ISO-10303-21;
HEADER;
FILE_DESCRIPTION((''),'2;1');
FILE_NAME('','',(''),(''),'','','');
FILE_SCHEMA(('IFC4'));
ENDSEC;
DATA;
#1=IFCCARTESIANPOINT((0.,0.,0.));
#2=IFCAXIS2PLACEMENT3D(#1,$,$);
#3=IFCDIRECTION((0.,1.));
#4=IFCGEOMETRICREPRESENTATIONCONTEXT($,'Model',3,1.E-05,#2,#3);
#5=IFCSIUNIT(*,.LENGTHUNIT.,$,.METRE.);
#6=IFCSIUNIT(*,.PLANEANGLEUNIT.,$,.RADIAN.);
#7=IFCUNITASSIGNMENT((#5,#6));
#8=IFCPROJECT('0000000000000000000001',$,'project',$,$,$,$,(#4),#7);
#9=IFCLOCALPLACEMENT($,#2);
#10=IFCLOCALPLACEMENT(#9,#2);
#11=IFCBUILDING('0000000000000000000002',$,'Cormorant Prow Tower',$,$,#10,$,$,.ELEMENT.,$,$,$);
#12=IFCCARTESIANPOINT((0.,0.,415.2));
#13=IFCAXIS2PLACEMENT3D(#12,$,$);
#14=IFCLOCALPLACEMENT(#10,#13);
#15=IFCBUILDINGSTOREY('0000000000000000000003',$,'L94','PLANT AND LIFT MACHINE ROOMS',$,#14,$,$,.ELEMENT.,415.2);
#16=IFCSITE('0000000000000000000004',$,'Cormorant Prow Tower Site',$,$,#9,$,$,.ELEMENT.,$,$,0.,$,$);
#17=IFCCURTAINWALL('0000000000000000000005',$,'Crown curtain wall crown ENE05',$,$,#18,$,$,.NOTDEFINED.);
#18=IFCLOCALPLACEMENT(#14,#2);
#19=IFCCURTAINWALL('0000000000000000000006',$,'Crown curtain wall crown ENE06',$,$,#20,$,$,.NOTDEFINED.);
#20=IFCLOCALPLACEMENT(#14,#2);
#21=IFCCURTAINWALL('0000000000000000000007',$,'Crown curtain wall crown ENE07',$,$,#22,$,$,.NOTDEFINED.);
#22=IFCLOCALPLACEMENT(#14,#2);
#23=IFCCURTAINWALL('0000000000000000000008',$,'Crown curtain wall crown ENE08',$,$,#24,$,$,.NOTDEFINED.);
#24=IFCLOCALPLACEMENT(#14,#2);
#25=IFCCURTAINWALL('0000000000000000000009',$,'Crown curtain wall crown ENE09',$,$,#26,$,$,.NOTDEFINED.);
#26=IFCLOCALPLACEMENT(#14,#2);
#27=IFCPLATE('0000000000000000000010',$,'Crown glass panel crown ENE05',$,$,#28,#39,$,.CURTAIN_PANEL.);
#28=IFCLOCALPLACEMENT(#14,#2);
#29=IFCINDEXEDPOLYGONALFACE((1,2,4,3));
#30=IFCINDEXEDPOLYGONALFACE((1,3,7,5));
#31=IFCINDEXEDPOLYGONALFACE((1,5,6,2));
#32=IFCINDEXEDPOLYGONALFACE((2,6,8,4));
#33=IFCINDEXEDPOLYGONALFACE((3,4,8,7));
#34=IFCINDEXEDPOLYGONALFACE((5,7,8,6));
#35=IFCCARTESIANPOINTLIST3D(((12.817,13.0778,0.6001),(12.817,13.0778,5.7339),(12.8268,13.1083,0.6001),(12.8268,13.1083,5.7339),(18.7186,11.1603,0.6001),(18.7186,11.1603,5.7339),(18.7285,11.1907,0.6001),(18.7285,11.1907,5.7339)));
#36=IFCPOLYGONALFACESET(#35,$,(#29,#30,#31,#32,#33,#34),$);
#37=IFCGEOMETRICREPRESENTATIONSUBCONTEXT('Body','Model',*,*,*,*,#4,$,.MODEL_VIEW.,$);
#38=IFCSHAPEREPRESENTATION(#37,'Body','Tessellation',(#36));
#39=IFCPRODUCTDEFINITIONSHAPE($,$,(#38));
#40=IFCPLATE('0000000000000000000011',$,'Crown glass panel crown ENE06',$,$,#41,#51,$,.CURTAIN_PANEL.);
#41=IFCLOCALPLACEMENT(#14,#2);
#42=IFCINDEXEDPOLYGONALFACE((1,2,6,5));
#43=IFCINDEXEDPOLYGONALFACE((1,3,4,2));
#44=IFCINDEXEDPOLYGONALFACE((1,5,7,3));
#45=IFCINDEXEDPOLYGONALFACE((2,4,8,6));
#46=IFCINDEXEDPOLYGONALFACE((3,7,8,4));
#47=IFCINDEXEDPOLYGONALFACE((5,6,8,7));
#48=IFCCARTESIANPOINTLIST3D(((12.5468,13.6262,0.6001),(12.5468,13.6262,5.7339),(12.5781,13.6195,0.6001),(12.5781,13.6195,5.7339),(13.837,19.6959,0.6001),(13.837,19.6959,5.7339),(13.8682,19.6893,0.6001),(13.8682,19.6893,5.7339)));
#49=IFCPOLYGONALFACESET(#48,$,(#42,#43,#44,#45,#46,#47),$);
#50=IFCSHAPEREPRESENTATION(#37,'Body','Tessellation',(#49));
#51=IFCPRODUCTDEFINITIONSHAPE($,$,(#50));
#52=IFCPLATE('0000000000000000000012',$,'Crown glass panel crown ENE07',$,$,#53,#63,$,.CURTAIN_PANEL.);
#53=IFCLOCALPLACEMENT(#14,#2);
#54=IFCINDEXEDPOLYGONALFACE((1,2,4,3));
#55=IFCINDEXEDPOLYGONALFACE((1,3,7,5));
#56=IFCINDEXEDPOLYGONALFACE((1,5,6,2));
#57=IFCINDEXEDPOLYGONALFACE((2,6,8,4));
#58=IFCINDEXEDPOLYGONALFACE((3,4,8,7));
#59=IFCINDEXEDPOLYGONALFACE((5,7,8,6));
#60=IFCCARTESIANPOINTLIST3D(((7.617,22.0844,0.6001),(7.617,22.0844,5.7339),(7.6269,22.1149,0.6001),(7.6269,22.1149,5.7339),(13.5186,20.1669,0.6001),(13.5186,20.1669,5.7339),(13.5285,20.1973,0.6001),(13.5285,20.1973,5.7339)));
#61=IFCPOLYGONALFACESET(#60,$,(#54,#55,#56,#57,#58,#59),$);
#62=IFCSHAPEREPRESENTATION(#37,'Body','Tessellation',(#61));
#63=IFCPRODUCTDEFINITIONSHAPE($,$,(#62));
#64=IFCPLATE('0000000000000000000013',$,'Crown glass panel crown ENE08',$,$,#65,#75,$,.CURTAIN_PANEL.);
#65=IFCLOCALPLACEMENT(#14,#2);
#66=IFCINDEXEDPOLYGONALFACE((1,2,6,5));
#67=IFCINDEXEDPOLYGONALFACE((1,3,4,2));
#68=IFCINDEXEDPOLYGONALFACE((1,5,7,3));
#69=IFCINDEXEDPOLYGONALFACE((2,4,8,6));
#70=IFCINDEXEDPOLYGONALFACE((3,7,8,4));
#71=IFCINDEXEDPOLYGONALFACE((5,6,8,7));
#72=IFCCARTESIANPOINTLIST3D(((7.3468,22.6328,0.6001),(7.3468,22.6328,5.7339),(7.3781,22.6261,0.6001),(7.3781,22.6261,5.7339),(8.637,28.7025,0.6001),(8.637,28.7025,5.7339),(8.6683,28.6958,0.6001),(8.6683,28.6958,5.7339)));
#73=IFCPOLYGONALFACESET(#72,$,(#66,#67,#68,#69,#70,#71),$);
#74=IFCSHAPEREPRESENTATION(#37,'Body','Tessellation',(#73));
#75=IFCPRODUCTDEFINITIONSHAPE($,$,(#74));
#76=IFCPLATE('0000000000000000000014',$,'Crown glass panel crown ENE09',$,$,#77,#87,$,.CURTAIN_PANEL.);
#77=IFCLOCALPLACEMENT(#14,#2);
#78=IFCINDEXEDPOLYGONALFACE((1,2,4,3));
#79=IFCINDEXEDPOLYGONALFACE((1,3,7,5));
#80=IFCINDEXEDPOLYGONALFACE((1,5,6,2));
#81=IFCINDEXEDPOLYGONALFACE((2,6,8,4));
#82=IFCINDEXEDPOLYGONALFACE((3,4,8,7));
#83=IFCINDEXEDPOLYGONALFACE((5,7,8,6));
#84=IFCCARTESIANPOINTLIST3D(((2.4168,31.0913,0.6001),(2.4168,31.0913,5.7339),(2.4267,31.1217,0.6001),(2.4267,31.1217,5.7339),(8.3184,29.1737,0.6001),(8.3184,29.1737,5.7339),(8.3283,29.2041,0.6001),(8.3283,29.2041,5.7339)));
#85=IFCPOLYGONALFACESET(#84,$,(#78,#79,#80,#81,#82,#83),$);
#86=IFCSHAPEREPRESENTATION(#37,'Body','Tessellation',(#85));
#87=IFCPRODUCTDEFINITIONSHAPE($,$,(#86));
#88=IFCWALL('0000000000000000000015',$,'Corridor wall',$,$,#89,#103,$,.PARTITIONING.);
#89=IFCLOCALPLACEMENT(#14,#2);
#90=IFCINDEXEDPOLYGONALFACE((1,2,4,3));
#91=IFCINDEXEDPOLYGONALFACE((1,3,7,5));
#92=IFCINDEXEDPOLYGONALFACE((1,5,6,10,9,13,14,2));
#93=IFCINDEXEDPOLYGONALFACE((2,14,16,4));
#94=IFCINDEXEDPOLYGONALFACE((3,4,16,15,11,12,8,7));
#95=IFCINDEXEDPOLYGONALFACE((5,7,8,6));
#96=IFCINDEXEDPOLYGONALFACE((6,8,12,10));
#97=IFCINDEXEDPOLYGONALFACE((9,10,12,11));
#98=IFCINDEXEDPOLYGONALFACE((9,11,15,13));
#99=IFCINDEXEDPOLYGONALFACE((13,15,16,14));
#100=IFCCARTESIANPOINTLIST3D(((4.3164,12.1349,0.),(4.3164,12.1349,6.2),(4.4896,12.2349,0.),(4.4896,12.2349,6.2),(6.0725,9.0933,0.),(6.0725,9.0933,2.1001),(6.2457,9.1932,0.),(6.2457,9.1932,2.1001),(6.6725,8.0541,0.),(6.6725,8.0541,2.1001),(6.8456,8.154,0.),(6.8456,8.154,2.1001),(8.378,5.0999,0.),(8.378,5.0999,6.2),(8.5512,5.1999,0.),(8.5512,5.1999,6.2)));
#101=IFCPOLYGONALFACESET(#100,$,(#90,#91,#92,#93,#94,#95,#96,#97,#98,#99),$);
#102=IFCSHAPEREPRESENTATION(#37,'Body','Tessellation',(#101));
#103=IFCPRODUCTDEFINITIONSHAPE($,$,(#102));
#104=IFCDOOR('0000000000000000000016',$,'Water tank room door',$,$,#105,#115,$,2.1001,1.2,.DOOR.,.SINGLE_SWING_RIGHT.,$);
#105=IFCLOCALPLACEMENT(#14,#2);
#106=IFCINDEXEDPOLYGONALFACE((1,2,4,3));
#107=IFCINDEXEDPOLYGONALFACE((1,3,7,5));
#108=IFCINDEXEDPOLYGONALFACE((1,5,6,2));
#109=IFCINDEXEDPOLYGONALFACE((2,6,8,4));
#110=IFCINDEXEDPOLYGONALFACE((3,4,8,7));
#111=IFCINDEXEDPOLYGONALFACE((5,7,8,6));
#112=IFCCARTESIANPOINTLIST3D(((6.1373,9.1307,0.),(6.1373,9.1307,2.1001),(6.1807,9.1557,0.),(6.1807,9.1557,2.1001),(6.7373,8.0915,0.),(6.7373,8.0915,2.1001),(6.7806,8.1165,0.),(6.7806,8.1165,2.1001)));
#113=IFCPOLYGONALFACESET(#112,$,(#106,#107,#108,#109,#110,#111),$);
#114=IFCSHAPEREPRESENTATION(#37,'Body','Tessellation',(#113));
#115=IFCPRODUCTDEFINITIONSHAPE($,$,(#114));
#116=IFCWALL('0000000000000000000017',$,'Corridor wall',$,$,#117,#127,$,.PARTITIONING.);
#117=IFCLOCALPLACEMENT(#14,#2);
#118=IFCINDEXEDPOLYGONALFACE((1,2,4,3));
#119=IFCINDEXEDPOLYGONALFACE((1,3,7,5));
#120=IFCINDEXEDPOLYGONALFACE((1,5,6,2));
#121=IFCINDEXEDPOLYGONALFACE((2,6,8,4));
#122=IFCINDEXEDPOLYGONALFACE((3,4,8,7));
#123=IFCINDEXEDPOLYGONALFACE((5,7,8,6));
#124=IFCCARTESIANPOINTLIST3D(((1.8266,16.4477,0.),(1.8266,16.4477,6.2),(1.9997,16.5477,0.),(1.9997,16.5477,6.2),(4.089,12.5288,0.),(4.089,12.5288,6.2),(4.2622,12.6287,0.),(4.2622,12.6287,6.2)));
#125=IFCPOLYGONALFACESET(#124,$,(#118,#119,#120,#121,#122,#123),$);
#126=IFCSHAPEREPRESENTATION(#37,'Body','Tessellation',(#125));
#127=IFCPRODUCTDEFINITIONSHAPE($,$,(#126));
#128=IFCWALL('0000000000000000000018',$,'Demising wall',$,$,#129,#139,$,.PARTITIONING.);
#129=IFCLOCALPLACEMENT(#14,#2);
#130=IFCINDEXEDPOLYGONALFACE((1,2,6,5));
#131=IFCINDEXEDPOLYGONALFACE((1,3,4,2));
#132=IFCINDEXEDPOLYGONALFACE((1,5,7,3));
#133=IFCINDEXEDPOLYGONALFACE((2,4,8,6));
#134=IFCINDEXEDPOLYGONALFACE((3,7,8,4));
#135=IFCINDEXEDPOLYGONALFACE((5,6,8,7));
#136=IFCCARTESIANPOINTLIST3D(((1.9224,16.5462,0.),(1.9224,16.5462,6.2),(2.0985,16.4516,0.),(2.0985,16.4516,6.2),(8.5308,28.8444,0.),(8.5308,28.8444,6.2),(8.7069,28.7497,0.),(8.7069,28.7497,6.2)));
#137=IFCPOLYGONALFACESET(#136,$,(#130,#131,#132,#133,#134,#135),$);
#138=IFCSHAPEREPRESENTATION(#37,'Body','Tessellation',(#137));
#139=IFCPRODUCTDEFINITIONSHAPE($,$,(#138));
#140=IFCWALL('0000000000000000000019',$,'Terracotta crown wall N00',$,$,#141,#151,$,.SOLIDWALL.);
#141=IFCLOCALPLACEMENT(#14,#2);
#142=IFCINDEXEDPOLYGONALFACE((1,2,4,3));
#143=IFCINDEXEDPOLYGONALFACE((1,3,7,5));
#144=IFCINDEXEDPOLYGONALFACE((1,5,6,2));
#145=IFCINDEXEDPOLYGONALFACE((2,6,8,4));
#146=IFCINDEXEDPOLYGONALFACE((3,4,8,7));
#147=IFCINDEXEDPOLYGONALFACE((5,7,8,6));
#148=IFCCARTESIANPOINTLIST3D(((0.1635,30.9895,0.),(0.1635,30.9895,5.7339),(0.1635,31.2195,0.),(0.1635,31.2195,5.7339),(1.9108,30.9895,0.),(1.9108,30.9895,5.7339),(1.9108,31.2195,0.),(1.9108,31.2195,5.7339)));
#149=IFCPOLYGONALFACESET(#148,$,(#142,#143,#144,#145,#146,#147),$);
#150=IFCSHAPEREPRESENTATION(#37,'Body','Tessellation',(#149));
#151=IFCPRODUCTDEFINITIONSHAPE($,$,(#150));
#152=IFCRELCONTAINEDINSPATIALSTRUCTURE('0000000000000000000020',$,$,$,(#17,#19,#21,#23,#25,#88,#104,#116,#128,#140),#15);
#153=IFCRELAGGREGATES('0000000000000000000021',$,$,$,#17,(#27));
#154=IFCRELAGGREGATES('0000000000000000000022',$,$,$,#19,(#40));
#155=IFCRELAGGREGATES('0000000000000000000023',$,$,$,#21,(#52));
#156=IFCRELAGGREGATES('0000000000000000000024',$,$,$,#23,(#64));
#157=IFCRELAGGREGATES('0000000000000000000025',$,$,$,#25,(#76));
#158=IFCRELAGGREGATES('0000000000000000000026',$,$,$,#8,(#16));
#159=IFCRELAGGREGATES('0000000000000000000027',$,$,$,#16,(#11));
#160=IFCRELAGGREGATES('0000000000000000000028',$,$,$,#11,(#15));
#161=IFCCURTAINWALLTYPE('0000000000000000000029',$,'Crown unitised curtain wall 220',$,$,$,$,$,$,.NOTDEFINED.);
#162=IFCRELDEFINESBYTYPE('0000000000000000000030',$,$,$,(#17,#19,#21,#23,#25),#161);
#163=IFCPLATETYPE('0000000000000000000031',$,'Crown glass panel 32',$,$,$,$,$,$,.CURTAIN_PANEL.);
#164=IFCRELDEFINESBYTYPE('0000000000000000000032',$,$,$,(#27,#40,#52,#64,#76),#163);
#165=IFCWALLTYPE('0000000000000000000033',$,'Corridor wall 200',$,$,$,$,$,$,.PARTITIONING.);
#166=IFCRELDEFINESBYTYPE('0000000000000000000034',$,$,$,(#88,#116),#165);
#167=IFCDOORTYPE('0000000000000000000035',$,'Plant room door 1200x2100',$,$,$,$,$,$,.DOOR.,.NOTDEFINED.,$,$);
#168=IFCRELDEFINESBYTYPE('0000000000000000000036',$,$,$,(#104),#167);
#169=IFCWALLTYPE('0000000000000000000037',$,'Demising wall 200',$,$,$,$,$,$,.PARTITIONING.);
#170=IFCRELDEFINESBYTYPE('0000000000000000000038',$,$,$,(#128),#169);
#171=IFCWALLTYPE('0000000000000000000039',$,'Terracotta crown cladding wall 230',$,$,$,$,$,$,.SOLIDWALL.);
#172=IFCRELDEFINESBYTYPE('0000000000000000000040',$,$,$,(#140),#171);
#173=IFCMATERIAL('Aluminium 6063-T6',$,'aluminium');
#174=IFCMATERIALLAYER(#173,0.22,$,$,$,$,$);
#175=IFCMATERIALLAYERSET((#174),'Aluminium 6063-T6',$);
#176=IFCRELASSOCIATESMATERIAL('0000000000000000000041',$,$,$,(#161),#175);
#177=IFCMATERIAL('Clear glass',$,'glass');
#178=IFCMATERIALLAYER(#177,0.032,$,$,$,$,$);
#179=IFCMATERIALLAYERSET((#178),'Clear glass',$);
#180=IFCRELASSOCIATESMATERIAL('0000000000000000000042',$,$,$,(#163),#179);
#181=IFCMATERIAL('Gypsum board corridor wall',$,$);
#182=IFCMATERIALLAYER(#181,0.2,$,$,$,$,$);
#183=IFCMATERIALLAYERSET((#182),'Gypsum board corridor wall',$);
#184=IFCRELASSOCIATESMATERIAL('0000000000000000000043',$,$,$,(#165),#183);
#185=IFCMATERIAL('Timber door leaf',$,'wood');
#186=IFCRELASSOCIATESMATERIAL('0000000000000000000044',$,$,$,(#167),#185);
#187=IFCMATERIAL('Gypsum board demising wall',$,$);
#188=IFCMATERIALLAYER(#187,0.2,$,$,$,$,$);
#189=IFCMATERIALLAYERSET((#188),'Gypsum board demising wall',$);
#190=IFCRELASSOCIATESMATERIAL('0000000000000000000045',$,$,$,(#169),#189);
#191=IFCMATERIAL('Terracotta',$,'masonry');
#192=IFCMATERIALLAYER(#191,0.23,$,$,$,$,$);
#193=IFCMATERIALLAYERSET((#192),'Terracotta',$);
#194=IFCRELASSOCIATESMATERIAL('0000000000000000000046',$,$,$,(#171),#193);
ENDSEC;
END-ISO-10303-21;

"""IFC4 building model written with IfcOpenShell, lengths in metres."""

from ifc_helpers import new_model, si_unit, direction, frame, frame_2d, origin, origin_2d, place, context, subcontext, project, spatial, rectangle, extrude, material, layer, layer_set, type_object, element, fill, aggregate, save


model = new_model("IFC4")

# Units and contexts
model_context = context("Model", 3, precision=1e-05, world=origin(), true_north=direction((0.0, 1.0)))
body_context = subcontext(model_context, "Body", "Model", "MODEL_VIEW")
ifc_project = project(units=[si_unit("LENGTHUNIT", "METRE"), si_unit("PLANEANGLEUNIT", "RADIAN")], contexts=[model_context])

# Site, building, storey
site_placement = place(None, origin())
site = spatial("IfcSite", under=ifc_project, at=site_placement, Name="Cormorant Prow Tower Site", CompositionType="ELEMENT", RefElevation=0.0)
building_placement = place(site_placement, origin())
building = spatial("IfcBuilding", under=site, at=building_placement, Name="Cormorant Prow Tower", CompositionType="ELEMENT")
storey_placement = place(building_placement, frame((0.0, 0.0, 415.2)))
storey = spatial("IfcBuildingStorey", under=building, at=storey_placement, Name="L94", Description="PLANT AND LIFT MACHINE ROOMS", CompositionType="ELEMENT", Elevation=415.2)

# Curtain walls
ifc_material_1 = material(Name="Aluminium 6063-T6", Category="aluminium")
ifc_layer_1 = layer(ifc_material_1, 0.22)
ifc_layer_set_1 = layer_set([ifc_layer_1], Name="Aluminium 6063-T6")
curtain_wall_type = type_object("IfcCurtainWallType", Name="Crown unitised curtain wall 220", PredefinedType="NOTDEFINED", material=ifc_layer_set_1)
curtain_wall_1_placement = place(storey_placement, origin())
curtain_wall_1 = element("IfcCurtainWall", 1, at=curtain_wall_1_placement, inside=storey, type_object=curtain_wall_type, Name="Crown curtain wall crown ENE05", PredefinedType="NOTDEFINED")
curtain_wall_2_placement = place(storey_placement, origin())
curtain_wall_2 = element("IfcCurtainWall", 2, at=curtain_wall_2_placement, inside=storey, type_object=curtain_wall_type, Name="Crown curtain wall crown ENE06", PredefinedType="NOTDEFINED")
curtain_wall_3_placement = place(storey_placement, origin())
curtain_wall_3 = element("IfcCurtainWall", 3, at=curtain_wall_3_placement, inside=storey, type_object=curtain_wall_type, Name="Crown curtain wall crown ENE07", PredefinedType="NOTDEFINED")
curtain_wall_4_placement = place(storey_placement, origin())
curtain_wall_4 = element("IfcCurtainWall", 4, at=curtain_wall_4_placement, inside=storey, type_object=curtain_wall_type, Name="Crown curtain wall crown ENE08", PredefinedType="NOTDEFINED")
curtain_wall_5_placement = place(storey_placement, origin())
curtain_wall_5 = element("IfcCurtainWall", 5, at=curtain_wall_5_placement, inside=storey, type_object=curtain_wall_type, Name="Crown curtain wall crown ENE09", PredefinedType="NOTDEFINED")

# Plates
ifc_material_2 = material(Name="Clear glass", Category="glass")
ifc_layer_2 = layer(ifc_material_2, 0.032)
ifc_layer_set_2 = layer_set([ifc_layer_2], Name="Clear glass")
plate_type = type_object("IfcPlateType", Name="Crown glass panel 32", PredefinedType="CURTAIN_PANEL", material=ifc_layer_set_2)
plate_1_placement = place(storey_placement, frame((15.7727, 12.1343, 0.6001), z_axis=(0.0, 0.0, 1.0), x_axis=(-0.951056, 0.309017, 0.0)))
plate_1 = element("IfcPlate", 6, at=plate_1_placement, type_object=plate_type, Name="Crown glass panel crown ENE05", PredefinedType="CURTAIN_PANEL", context=body_context, shape_type="SweptSolid", body=[
    extrude(rectangle(XDim=6.2053, YDim=0.032, at=origin_2d()), origin(), (0.0, 0.0, 1.0), 5.1338),
])
aggregate(curtain_wall_1, [plate_1])
plate_2_placement = place(storey_placement, frame((13.2075, 16.6577, 0.6001), z_axis=(0.0, 0.0, 1.0), x_axis=(0.207912, 0.978148, 0.0)))
plate_2 = element("IfcPlate", 7, at=plate_2_placement, type_object=plate_type, Name="Crown glass panel crown ENE06", PredefinedType="CURTAIN_PANEL", context=body_context, shape_type="SweptSolid", body=[
    extrude(rectangle(XDim=6.2053, YDim=0.032, at=origin_2d()), origin(), (0.0, 0.0, 1.0), 5.1338),
])
aggregate(curtain_wall_2, [plate_2])
plate_3_placement = place(storey_placement, frame((10.5728, 21.1409, 0.6001), z_axis=(0.0, 0.0, 1.0), x_axis=(-0.951057, 0.309017, 0.0)))
plate_3 = element("IfcPlate", 8, at=plate_3_placement, type_object=plate_type, Name="Crown glass panel crown ENE07", PredefinedType="CURTAIN_PANEL", context=body_context, shape_type="SweptSolid", body=[
    extrude(rectangle(XDim=6.2053, YDim=0.032, at=origin_2d()), origin(), (0.0, 0.0, 1.0), 5.1338),
])
aggregate(curtain_wall_3, [plate_3])
plate_4_placement = place(storey_placement, frame((8.0076, 25.6643, 0.6001), z_axis=(0.0, 0.0, 1.0), x_axis=(0.207912, 0.978148, 0.0)))
plate_4 = element("IfcPlate", 9, at=plate_4_placement, type_object=plate_type, Name="Crown glass panel crown ENE08", PredefinedType="CURTAIN_PANEL", context=body_context, shape_type="SweptSolid", body=[
    extrude(rectangle(XDim=6.2053, YDim=0.032, at=origin_2d()), origin(), (0.0, 0.0, 1.0), 5.1338),
])
aggregate(curtain_wall_4, [plate_4])
plate_5_placement = place(storey_placement, frame((5.3726, 30.1477, 0.6001), z_axis=(0.0, 0.0, 1.0), x_axis=(-0.951056, 0.309017, 0.0)))
plate_5 = element("IfcPlate", 10, at=plate_5_placement, type_object=plate_type, Name="Crown glass panel crown ENE09", PredefinedType="CURTAIN_PANEL", context=body_context, shape_type="SweptSolid", body=[
    extrude(rectangle(XDim=6.2053, YDim=0.032, at=origin_2d()), origin(), (0.0, 0.0, 1.0), 5.1338),
])
aggregate(curtain_wall_5, [plate_5])

# Wall, opening, door
ifc_material_3 = material(Name="Gypsum board corridor wall")
ifc_layer_3 = layer(ifc_material_3, 0.2)
ifc_layer_set_3 = layer_set([ifc_layer_3], Name="Gypsum board corridor wall")
wall_type_1 = type_object("IfcWallType", Name="Corridor wall 200", PredefinedType="PARTITIONING", material=ifc_layer_set_3)
wall_1_placement = place(storey_placement, frame((4.4031, 12.1848, 0.0), z_axis=(0.0, 0.0, 1.0), x_axis=(0.499992, -0.86603, 0.0)))
wall_1 = element("IfcWall", 11, at=wall_1_placement, inside=storey, type_object=wall_type_1, Name="Corridor wall", PredefinedType="PARTITIONING", context=body_context, shape_type="SweptSolid", body=[
    extrude(rectangle(XDim=8.1233, YDim=0.2, at=frame_2d((4.0615, 0.0))), origin(), (0.0, 0.0, 1.0), 6.2),
])
opening_placement = place(wall_1_placement, frame((3.512, 0.0, 0.0)))
opening = element("IfcOpeningElement", 12, at=opening_placement, cuts=wall_1, PredefinedType="OPENING", context=body_context, shape_type="SweptSolid", body=[
    extrude(rectangle(XDim=1.2, YDim=2.1001, at=frame_2d((0.6001, 1.05))), frame((0.0, 0.1099, 0.0), z_axis=(0.0, -1.0, 0.0), x_axis=(1.0, 0.0, 0.0)), (0.0, 0.0, 1.0), 0.22),
])
ifc_material_4 = material(Name="Timber door leaf", Category="wood")
door_type = type_object("IfcDoorType", Name="Plant room door 1200x2100", OperationType="NOTDEFINED", PredefinedType="DOOR", material=ifc_material_4)
door_placement = place(opening_placement, origin())
door = element("IfcDoor", 13, at=door_placement, inside=storey, type_object=door_type, Name="Water tank room door", OperationType="SINGLE_SWING_RIGHT", OverallHeight=2.1001, OverallWidth=1.2, PredefinedType="DOOR", context=body_context, shape_type="SweptSolid", body=[
    extrude(rectangle(XDim=1.2, YDim=2.1001, at=frame_2d((0.6001, 1.05))), frame((0.0, 0.0249, 0.0), z_axis=(0.0, -1.0, 0.0), x_axis=(1.0, 0.0, 0.0)), (0.0, 0.0, 1.0), 0.05),
])
fill(opening, door)

# Walls
wall_2_placement = place(storey_placement, frame((1.9131, 16.4978, 0.0), z_axis=(0.0, 0.0, 1.0), x_axis=(0.499975, -0.86604, 0.0)))
element("IfcWall", 14, at=wall_2_placement, inside=storey, type_object=wall_type_1, Name="Corridor wall", PredefinedType="PARTITIONING", context=body_context, shape_type="SweptSolid", body=[
    extrude(rectangle(XDim=4.5251, YDim=0.2, at=frame_2d((2.2627, 0.0))), origin(), (0.0, 0.0, 1.0), 6.2),
])
ifc_material_5 = material(Name="Gypsum board demising wall")
ifc_layer_4 = layer(ifc_material_5, 0.2)
ifc_layer_set_4 = layer_set([ifc_layer_4], Name="Gypsum board demising wall")
wall_type_2 = type_object("IfcWallType", Name="Demising wall 200", PredefinedType="PARTITIONING", material=ifc_layer_set_4)
wall_3_placement = place(storey_placement, frame((2.0105, 16.499, 0.0), z_axis=(0.0, 0.0, 1.0), x_axis=(0.473342, 0.880879, 0.0)))
element("IfcWall", 15, at=wall_3_placement, inside=storey, type_object=wall_type_2, Name="Demising wall", PredefinedType="PARTITIONING", context=body_context, shape_type="SweptSolid", body=[
    extrude(rectangle(XDim=13.9612, YDim=0.2, at=frame_2d((6.9805, 0.0))), origin(), (0.0, 0.0, 1.0), 6.2),
])
ifc_material_6 = material(Name="Terracotta", Category="masonry")
ifc_layer_5 = layer(ifc_material_6, 0.23)
ifc_layer_set_5 = layer_set([ifc_layer_5], Name="Terracotta")
wall_type_3 = type_object("IfcWallType", Name="Terracotta crown cladding wall 230", PredefinedType="SOLIDWALL", material=ifc_layer_set_5)
wall_4_placement = place(storey_placement, frame((1.9106, 31.1045, 0.0), z_axis=(0.0, 0.0, 1.0), x_axis=(-1.0, 0.0, 0.0)))
element("IfcWall", 16, at=wall_4_placement, inside=storey, type_object=wall_type_3, Name="Terracotta crown wall N00", PredefinedType="SOLIDWALL", context=body_context, shape_type="SweptSolid", body=[
    extrude(rectangle(XDim=1.7473, YDim=0.23, at=frame_2d((0.8735, 0.0))), origin(), (0.0, 0.0, 1.0), 5.7339),
])

save(model, "model.ifc")
